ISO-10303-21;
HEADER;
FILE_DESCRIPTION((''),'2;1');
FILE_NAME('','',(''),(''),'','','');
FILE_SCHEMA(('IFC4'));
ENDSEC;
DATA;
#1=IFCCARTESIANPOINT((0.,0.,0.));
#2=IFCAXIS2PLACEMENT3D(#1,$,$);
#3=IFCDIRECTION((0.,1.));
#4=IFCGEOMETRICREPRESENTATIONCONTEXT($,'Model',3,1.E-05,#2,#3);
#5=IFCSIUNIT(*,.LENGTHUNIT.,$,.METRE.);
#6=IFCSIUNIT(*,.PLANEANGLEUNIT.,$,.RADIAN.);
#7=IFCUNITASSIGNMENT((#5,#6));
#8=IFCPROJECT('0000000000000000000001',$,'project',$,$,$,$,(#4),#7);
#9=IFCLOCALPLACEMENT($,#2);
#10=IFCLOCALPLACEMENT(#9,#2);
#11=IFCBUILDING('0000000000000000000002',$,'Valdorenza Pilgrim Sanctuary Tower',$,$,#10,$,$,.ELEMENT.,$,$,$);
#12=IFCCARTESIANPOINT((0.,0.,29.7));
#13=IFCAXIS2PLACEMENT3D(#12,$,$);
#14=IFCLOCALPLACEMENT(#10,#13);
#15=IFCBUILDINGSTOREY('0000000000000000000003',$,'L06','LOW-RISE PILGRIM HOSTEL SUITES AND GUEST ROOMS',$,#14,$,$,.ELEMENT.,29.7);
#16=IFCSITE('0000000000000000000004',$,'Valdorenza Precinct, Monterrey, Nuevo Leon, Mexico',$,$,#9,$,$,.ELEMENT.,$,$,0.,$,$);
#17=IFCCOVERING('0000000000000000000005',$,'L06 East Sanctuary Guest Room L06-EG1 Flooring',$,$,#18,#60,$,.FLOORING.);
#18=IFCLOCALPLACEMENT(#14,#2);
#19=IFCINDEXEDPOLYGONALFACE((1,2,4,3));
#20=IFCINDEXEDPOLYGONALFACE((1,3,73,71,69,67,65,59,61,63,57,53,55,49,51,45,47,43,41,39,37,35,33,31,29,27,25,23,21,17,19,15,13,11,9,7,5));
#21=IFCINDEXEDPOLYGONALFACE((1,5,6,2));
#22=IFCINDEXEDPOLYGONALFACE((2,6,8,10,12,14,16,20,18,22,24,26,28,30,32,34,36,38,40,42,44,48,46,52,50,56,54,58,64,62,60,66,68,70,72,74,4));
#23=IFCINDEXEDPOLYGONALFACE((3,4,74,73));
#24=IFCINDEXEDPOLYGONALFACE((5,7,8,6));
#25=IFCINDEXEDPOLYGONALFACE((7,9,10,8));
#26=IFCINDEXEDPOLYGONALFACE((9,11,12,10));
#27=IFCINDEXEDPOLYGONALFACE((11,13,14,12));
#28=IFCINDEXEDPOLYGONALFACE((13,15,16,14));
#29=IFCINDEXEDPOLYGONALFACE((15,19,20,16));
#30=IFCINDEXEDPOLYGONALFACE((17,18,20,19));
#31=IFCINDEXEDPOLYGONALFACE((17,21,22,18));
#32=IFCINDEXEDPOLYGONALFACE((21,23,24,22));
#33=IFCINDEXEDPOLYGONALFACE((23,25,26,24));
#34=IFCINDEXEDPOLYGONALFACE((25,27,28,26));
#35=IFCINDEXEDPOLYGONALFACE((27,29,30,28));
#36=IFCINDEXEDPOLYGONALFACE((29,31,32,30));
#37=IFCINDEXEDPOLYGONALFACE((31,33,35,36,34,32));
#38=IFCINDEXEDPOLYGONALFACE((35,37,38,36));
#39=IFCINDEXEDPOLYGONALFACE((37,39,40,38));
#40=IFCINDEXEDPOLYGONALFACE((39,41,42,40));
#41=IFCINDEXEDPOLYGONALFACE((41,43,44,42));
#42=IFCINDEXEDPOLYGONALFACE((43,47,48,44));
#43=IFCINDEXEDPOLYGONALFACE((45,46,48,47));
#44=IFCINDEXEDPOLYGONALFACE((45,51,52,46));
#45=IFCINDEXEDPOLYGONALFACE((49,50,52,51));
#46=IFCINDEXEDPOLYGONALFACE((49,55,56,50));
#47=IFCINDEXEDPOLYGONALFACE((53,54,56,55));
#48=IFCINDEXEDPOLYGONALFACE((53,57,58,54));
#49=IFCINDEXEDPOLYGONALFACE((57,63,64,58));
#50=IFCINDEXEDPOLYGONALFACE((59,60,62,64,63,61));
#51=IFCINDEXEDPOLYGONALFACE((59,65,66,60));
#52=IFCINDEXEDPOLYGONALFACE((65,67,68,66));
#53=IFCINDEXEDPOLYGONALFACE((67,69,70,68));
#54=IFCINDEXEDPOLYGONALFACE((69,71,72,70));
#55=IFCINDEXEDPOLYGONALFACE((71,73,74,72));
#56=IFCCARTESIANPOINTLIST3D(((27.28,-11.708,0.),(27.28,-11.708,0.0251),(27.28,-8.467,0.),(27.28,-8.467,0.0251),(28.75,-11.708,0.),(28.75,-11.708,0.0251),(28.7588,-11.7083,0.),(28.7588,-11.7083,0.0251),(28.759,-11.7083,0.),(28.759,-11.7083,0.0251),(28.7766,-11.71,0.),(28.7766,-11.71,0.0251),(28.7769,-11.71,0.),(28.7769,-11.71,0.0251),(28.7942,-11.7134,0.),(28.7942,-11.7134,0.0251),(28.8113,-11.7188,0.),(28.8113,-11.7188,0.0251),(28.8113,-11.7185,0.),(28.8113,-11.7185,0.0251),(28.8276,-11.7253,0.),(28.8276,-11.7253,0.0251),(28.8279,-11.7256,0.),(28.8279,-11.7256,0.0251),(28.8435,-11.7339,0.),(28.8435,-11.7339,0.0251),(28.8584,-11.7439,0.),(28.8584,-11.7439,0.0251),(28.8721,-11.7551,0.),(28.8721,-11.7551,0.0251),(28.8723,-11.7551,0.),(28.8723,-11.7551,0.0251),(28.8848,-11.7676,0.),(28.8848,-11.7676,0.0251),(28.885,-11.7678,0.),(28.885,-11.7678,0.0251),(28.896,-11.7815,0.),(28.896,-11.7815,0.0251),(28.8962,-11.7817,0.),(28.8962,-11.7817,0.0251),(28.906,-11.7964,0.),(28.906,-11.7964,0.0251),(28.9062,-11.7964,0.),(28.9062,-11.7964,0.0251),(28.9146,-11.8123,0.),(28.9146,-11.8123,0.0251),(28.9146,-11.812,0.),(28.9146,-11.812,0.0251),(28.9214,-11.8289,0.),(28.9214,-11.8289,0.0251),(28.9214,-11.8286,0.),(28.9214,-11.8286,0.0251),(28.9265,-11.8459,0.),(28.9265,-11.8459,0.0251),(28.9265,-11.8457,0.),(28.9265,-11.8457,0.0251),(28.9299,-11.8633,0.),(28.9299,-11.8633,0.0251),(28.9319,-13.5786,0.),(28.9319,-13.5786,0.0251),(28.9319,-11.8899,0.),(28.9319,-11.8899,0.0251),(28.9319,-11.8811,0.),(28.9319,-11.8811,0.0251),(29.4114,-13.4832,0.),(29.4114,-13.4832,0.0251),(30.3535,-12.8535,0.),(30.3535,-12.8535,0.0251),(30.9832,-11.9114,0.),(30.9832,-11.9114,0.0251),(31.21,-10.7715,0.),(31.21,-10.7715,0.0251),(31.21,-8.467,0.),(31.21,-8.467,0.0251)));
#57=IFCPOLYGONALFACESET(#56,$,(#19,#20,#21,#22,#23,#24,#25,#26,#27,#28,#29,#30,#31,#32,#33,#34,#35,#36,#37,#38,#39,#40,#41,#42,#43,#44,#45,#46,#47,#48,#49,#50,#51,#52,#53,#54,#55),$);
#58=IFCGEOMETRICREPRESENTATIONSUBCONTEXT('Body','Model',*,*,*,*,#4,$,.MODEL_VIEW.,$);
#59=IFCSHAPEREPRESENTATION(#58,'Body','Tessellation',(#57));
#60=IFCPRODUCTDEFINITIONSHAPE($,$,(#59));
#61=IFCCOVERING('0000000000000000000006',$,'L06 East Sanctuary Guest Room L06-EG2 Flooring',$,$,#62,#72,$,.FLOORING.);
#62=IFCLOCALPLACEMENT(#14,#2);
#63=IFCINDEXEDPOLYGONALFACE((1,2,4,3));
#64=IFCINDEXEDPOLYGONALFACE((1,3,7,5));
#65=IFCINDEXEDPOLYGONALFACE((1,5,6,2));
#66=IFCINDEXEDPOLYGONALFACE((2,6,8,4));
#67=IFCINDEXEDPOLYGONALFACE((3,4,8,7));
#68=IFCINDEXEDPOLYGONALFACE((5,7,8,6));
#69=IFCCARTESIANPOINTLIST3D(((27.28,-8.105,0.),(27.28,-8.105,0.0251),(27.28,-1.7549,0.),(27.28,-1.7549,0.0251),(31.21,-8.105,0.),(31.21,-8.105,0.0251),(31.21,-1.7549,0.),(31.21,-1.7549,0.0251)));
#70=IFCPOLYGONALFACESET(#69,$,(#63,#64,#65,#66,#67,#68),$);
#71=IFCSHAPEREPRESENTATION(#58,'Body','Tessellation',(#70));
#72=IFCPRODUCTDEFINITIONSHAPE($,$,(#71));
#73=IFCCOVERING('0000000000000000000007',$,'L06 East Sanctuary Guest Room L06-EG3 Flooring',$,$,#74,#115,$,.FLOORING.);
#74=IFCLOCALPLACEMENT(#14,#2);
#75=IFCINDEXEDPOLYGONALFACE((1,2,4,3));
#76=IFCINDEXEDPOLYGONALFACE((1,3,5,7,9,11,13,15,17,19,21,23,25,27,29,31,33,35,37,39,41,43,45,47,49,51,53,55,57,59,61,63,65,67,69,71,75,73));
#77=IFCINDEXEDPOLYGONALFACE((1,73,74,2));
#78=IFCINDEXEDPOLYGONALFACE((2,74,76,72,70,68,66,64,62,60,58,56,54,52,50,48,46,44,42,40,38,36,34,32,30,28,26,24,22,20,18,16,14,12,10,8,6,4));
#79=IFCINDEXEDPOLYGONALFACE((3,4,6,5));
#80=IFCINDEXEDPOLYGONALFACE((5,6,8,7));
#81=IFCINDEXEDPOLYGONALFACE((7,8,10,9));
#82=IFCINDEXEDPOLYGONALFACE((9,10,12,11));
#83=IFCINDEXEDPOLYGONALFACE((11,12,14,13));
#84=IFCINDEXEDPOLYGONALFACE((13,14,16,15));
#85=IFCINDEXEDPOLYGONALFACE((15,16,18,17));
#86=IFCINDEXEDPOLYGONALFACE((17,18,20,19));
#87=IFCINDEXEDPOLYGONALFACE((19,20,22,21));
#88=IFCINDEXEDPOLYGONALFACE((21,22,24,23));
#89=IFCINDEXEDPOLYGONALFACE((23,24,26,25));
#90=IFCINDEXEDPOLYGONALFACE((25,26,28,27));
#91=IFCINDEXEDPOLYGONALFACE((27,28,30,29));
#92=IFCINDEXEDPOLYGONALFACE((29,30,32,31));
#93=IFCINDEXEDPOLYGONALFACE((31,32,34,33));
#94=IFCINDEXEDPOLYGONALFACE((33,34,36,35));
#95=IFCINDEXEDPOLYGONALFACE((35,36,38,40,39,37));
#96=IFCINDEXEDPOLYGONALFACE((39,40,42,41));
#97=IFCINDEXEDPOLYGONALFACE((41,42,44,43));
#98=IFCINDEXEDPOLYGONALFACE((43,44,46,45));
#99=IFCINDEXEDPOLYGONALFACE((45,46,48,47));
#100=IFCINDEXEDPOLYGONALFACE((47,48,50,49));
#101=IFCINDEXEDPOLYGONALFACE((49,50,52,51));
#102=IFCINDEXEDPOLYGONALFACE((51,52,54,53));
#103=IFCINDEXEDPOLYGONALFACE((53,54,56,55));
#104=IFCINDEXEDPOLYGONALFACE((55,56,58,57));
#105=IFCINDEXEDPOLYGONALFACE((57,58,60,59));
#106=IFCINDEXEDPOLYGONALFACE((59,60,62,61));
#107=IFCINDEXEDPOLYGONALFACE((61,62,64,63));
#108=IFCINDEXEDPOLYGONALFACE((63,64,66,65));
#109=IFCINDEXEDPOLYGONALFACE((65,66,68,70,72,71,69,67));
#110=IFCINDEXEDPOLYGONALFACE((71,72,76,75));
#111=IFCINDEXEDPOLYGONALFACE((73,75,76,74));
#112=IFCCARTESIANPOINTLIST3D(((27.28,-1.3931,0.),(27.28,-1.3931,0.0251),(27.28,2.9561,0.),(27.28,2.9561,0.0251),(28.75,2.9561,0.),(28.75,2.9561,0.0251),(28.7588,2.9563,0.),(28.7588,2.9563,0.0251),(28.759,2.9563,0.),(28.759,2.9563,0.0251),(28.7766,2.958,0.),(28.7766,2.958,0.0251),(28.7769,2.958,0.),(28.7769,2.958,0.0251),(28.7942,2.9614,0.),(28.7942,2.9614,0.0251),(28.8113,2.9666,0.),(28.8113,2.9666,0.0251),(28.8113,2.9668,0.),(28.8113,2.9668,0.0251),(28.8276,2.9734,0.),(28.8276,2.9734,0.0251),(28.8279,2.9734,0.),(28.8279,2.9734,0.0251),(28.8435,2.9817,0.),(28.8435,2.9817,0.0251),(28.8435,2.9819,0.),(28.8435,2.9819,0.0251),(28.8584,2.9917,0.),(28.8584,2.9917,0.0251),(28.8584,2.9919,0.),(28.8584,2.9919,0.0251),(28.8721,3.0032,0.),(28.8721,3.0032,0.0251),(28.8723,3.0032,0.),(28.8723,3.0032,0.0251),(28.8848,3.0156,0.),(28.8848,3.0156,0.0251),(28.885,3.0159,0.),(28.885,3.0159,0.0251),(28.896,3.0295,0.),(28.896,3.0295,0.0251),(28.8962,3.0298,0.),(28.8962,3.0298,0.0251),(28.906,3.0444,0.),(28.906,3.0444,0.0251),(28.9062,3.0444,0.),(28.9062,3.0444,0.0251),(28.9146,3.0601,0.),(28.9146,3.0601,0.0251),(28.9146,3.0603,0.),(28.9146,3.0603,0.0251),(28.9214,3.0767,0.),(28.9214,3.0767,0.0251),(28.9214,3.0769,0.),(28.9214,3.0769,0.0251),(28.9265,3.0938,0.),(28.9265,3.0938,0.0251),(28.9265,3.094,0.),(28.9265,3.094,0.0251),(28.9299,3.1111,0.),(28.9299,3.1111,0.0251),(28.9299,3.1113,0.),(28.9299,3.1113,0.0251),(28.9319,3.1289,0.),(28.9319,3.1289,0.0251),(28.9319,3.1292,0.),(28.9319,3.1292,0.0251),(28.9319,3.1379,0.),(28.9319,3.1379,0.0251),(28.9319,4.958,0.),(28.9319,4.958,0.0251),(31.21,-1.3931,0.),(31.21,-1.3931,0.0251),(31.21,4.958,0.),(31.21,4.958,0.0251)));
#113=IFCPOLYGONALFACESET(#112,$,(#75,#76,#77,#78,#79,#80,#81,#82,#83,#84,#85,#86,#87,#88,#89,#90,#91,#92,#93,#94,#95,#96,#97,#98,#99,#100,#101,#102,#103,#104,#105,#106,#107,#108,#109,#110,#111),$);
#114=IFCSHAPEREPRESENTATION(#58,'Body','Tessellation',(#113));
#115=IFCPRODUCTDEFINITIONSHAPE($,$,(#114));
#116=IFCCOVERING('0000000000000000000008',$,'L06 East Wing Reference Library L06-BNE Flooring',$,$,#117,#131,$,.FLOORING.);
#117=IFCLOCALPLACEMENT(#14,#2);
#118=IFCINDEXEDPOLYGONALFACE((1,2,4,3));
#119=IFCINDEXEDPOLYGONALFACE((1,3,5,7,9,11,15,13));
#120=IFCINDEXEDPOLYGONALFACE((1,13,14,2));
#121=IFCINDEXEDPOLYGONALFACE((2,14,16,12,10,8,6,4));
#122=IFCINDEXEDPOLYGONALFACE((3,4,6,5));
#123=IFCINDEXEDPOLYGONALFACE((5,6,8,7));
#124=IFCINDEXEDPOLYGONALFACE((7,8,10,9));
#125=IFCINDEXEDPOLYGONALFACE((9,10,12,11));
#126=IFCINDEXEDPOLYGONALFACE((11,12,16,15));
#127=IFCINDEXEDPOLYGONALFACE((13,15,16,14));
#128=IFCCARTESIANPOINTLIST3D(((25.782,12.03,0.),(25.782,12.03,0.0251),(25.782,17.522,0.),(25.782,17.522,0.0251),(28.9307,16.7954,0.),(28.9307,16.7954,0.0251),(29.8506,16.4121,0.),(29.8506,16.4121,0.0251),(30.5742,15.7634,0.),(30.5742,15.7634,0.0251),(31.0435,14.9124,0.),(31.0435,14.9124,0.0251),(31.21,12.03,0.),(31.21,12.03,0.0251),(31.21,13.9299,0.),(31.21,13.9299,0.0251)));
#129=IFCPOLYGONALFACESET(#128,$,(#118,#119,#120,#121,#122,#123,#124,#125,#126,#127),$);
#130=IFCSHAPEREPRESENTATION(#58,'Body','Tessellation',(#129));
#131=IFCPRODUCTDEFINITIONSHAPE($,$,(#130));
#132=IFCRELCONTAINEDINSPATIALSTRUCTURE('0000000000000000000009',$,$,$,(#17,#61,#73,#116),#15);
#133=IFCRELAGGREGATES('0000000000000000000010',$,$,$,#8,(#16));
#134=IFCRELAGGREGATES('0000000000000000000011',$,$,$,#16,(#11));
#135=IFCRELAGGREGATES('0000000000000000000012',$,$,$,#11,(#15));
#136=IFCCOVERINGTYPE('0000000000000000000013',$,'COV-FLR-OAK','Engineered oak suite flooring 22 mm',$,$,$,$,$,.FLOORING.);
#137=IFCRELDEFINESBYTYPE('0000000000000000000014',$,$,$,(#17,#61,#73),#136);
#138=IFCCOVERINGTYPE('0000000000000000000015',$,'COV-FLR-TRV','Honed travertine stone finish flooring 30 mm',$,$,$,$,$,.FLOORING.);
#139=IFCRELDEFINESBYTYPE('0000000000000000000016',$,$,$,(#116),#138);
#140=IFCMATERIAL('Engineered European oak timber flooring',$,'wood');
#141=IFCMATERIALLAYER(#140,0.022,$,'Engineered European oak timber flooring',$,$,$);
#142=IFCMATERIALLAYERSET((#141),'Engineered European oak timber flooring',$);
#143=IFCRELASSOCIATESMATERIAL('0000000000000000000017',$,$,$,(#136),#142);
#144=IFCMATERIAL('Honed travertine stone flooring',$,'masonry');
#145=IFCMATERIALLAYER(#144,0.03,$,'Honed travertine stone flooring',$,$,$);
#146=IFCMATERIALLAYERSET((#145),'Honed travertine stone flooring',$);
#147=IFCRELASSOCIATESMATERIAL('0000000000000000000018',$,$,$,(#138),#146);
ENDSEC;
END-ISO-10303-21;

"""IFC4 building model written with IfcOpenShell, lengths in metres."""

from ifc_helpers import new_model, si_unit, direction, frame, origin, place, context, subcontext, project, spatial, polyline, outline, extrude, material, layer, layer_set, type_object, element, save


model = new_model("IFC4")

# Units and contexts
model_context = context("Model", 3, precision=1e-05, world=origin(), true_north=direction((0.0, 1.0)))
body_context = subcontext(model_context, "Body", "Model", "MODEL_VIEW")
ifc_project = project(units=[si_unit("LENGTHUNIT", "METRE"), si_unit("PLANEANGLEUNIT", "RADIAN")], contexts=[model_context])

# Site, building, storey
site_placement = place(None, origin())
site = spatial("IfcSite", under=ifc_project, at=site_placement, Name="Valdorenza Precinct, Monterrey, Nuevo Leon, Mexico", CompositionType="ELEMENT", RefElevation=0.0)
building_placement = place(site_placement, origin())
building = spatial("IfcBuilding", under=site, at=building_placement, Name="Valdorenza Pilgrim Sanctuary Tower", CompositionType="ELEMENT")
storey_placement = place(building_placement, frame((0.0, 0.0, 29.7)))
storey = spatial("IfcBuildingStorey", under=building, at=storey_placement, Name="L06", Description="LOW-RISE PILGRIM HOSTEL SUITES AND GUEST ROOMS", CompositionType="ELEMENT", Elevation=29.7)

# Coverings
ifc_material_1 = material(Name="Engineered European oak timber flooring", Category="wood")
ifc_layer_1 = layer(ifc_material_1, 0.022, Name="Engineered European oak timber flooring")
ifc_layer_set_1 = layer_set([ifc_layer_1], Name="Engineered European oak timber flooring")
covering_type_1 = type_object("IfcCoveringType", Name="COV-FLR-OAK", Description="Engineered oak suite flooring 22 mm", PredefinedType="FLOORING", material=ifc_layer_set_1)
covering_1_placement = place(storey_placement, origin())
element("IfcCovering", 1, at=covering_1_placement, inside=storey, type_object=covering_type_1, Name="L06 East Sanctuary Guest Room L06-EG1 Flooring", PredefinedType="FLOORING", context=body_context, shape_type="SweptSolid", body=[
    extrude(outline(polyline([(31.21, -10.7715), (30.9832, -11.9114), (30.3535, -12.8535), (29.4114, -13.4832), (28.9319, -13.5786), (28.9319, -11.8899), (28.9319, -11.8811), (28.9319, -11.8811), (28.9299, -11.8633), (28.9299, -11.8633), (28.9265, -11.8459), (28.9265, -11.8457), (28.9214, -11.8289), (28.9214, -11.8286), (28.9146, -11.8123), (28.9146, -11.812), (28.9062, -11.7964), (28.906, -11.7964), (28.8962, -11.7817), (28.896, -11.7815), (28.885, -11.7678), (28.8848, -11.7676), (28.8723, -11.7551), (28.8721, -11.7551), (28.8584, -11.7439), (28.8584, -11.7439), (28.8435, -11.7339), (28.8435, -11.7339), (28.8279, -11.7256), (28.8276, -11.7253), (28.8113, -11.7188), (28.8113, -11.7185), (28.7942, -11.7134), (28.7942, -11.7134), (28.7769, -11.71), (28.7766, -11.71), (28.759, -11.7083), (28.7588, -11.7083), (28.75, -11.708), (27.28, -11.708), (27.28, -8.467), (31.21, -8.467), (31.21, -10.7715)])), origin(), (0.0, 0.0, 1.0), 0.0251),
])
covering_2_placement = place(storey_placement, origin())
element("IfcCovering", 2, at=covering_2_placement, inside=storey, type_object=covering_type_1, Name="L06 East Sanctuary Guest Room L06-EG2 Flooring", PredefinedType="FLOORING", context=body_context, shape_type="SweptSolid", body=[
    extrude(outline(polyline([(31.21, -1.7549), (31.21, -8.105), (27.28, -8.105), (27.28, -1.7549), (31.21, -1.7549)])), origin(), (0.0, 0.0, 1.0), 0.0251),
])
covering_3_placement = place(storey_placement, origin())
element("IfcCovering", 3, at=covering_3_placement, inside=storey, type_object=covering_type_1, Name="L06 East Sanctuary Guest Room L06-EG3 Flooring", PredefinedType="FLOORING", context=body_context, shape_type="SweptSolid", body=[
    extrude(outline(polyline([(27.28, 2.9561), (28.75, 2.9561), (28.7588, 2.9563), (28.759, 2.9563), (28.7766, 2.958), (28.7769, 2.958), (28.7942, 2.9614), (28.7942, 2.9614), (28.8113, 2.9666), (28.8113, 2.9668), (28.8276, 2.9734), (28.8279, 2.9734), (28.8435, 2.9817), (28.8435, 2.9819), (28.8584, 2.9917), (28.8584, 2.9919), (28.8721, 3.0032), (28.8723, 3.0032), (28.8848, 3.0156), (28.885, 3.0159), (28.896, 3.0295), (28.8962, 3.0298), (28.906, 3.0444), (28.9062, 3.0444), (28.9146, 3.0601), (28.9146, 3.0603), (28.9214, 3.0767), (28.9214, 3.0769), (28.9265, 3.0938), (28.9265, 3.094), (28.9299, 3.1111), (28.9299, 3.1113), (28.9319, 3.1289), (28.9319, 3.1292), (28.9319, 3.1379), (28.9319, 4.958), (31.21, 4.958), (31.21, -1.3931), (27.28, -1.3931), (27.28, 2.9561)])), origin(), (0.0, 0.0, 1.0), 0.0251),
])
ifc_material_2 = material(Name="Honed travertine stone flooring", Category="masonry")
ifc_layer_2 = layer(ifc_material_2, 0.03, Name="Honed travertine stone flooring")
ifc_layer_set_2 = layer_set([ifc_layer_2], Name="Honed travertine stone flooring")
covering_type_2 = type_object("IfcCoveringType", Name="COV-FLR-TRV", Description="Honed travertine stone finish flooring 30 mm", PredefinedType="FLOORING", material=ifc_layer_set_2)
covering_4_placement = place(storey_placement, origin())
element("IfcCovering", 4, at=covering_4_placement, inside=storey, type_object=covering_type_2, Name="L06 East Wing Reference Library L06-BNE Flooring", PredefinedType="FLOORING", context=body_context, shape_type="SweptSolid", body=[
    extrude(outline(polyline([(28.9307, 16.7954), (29.8506, 16.4121), (30.5742, 15.7634), (31.0435, 14.9124), (31.21, 13.9299), (31.21, 12.03), (25.782, 12.03), (25.782, 17.522), (28.9307, 16.7954)])), origin(), (0.0, 0.0, 1.0), 0.0251),
])

save(model, "model.ifc")
